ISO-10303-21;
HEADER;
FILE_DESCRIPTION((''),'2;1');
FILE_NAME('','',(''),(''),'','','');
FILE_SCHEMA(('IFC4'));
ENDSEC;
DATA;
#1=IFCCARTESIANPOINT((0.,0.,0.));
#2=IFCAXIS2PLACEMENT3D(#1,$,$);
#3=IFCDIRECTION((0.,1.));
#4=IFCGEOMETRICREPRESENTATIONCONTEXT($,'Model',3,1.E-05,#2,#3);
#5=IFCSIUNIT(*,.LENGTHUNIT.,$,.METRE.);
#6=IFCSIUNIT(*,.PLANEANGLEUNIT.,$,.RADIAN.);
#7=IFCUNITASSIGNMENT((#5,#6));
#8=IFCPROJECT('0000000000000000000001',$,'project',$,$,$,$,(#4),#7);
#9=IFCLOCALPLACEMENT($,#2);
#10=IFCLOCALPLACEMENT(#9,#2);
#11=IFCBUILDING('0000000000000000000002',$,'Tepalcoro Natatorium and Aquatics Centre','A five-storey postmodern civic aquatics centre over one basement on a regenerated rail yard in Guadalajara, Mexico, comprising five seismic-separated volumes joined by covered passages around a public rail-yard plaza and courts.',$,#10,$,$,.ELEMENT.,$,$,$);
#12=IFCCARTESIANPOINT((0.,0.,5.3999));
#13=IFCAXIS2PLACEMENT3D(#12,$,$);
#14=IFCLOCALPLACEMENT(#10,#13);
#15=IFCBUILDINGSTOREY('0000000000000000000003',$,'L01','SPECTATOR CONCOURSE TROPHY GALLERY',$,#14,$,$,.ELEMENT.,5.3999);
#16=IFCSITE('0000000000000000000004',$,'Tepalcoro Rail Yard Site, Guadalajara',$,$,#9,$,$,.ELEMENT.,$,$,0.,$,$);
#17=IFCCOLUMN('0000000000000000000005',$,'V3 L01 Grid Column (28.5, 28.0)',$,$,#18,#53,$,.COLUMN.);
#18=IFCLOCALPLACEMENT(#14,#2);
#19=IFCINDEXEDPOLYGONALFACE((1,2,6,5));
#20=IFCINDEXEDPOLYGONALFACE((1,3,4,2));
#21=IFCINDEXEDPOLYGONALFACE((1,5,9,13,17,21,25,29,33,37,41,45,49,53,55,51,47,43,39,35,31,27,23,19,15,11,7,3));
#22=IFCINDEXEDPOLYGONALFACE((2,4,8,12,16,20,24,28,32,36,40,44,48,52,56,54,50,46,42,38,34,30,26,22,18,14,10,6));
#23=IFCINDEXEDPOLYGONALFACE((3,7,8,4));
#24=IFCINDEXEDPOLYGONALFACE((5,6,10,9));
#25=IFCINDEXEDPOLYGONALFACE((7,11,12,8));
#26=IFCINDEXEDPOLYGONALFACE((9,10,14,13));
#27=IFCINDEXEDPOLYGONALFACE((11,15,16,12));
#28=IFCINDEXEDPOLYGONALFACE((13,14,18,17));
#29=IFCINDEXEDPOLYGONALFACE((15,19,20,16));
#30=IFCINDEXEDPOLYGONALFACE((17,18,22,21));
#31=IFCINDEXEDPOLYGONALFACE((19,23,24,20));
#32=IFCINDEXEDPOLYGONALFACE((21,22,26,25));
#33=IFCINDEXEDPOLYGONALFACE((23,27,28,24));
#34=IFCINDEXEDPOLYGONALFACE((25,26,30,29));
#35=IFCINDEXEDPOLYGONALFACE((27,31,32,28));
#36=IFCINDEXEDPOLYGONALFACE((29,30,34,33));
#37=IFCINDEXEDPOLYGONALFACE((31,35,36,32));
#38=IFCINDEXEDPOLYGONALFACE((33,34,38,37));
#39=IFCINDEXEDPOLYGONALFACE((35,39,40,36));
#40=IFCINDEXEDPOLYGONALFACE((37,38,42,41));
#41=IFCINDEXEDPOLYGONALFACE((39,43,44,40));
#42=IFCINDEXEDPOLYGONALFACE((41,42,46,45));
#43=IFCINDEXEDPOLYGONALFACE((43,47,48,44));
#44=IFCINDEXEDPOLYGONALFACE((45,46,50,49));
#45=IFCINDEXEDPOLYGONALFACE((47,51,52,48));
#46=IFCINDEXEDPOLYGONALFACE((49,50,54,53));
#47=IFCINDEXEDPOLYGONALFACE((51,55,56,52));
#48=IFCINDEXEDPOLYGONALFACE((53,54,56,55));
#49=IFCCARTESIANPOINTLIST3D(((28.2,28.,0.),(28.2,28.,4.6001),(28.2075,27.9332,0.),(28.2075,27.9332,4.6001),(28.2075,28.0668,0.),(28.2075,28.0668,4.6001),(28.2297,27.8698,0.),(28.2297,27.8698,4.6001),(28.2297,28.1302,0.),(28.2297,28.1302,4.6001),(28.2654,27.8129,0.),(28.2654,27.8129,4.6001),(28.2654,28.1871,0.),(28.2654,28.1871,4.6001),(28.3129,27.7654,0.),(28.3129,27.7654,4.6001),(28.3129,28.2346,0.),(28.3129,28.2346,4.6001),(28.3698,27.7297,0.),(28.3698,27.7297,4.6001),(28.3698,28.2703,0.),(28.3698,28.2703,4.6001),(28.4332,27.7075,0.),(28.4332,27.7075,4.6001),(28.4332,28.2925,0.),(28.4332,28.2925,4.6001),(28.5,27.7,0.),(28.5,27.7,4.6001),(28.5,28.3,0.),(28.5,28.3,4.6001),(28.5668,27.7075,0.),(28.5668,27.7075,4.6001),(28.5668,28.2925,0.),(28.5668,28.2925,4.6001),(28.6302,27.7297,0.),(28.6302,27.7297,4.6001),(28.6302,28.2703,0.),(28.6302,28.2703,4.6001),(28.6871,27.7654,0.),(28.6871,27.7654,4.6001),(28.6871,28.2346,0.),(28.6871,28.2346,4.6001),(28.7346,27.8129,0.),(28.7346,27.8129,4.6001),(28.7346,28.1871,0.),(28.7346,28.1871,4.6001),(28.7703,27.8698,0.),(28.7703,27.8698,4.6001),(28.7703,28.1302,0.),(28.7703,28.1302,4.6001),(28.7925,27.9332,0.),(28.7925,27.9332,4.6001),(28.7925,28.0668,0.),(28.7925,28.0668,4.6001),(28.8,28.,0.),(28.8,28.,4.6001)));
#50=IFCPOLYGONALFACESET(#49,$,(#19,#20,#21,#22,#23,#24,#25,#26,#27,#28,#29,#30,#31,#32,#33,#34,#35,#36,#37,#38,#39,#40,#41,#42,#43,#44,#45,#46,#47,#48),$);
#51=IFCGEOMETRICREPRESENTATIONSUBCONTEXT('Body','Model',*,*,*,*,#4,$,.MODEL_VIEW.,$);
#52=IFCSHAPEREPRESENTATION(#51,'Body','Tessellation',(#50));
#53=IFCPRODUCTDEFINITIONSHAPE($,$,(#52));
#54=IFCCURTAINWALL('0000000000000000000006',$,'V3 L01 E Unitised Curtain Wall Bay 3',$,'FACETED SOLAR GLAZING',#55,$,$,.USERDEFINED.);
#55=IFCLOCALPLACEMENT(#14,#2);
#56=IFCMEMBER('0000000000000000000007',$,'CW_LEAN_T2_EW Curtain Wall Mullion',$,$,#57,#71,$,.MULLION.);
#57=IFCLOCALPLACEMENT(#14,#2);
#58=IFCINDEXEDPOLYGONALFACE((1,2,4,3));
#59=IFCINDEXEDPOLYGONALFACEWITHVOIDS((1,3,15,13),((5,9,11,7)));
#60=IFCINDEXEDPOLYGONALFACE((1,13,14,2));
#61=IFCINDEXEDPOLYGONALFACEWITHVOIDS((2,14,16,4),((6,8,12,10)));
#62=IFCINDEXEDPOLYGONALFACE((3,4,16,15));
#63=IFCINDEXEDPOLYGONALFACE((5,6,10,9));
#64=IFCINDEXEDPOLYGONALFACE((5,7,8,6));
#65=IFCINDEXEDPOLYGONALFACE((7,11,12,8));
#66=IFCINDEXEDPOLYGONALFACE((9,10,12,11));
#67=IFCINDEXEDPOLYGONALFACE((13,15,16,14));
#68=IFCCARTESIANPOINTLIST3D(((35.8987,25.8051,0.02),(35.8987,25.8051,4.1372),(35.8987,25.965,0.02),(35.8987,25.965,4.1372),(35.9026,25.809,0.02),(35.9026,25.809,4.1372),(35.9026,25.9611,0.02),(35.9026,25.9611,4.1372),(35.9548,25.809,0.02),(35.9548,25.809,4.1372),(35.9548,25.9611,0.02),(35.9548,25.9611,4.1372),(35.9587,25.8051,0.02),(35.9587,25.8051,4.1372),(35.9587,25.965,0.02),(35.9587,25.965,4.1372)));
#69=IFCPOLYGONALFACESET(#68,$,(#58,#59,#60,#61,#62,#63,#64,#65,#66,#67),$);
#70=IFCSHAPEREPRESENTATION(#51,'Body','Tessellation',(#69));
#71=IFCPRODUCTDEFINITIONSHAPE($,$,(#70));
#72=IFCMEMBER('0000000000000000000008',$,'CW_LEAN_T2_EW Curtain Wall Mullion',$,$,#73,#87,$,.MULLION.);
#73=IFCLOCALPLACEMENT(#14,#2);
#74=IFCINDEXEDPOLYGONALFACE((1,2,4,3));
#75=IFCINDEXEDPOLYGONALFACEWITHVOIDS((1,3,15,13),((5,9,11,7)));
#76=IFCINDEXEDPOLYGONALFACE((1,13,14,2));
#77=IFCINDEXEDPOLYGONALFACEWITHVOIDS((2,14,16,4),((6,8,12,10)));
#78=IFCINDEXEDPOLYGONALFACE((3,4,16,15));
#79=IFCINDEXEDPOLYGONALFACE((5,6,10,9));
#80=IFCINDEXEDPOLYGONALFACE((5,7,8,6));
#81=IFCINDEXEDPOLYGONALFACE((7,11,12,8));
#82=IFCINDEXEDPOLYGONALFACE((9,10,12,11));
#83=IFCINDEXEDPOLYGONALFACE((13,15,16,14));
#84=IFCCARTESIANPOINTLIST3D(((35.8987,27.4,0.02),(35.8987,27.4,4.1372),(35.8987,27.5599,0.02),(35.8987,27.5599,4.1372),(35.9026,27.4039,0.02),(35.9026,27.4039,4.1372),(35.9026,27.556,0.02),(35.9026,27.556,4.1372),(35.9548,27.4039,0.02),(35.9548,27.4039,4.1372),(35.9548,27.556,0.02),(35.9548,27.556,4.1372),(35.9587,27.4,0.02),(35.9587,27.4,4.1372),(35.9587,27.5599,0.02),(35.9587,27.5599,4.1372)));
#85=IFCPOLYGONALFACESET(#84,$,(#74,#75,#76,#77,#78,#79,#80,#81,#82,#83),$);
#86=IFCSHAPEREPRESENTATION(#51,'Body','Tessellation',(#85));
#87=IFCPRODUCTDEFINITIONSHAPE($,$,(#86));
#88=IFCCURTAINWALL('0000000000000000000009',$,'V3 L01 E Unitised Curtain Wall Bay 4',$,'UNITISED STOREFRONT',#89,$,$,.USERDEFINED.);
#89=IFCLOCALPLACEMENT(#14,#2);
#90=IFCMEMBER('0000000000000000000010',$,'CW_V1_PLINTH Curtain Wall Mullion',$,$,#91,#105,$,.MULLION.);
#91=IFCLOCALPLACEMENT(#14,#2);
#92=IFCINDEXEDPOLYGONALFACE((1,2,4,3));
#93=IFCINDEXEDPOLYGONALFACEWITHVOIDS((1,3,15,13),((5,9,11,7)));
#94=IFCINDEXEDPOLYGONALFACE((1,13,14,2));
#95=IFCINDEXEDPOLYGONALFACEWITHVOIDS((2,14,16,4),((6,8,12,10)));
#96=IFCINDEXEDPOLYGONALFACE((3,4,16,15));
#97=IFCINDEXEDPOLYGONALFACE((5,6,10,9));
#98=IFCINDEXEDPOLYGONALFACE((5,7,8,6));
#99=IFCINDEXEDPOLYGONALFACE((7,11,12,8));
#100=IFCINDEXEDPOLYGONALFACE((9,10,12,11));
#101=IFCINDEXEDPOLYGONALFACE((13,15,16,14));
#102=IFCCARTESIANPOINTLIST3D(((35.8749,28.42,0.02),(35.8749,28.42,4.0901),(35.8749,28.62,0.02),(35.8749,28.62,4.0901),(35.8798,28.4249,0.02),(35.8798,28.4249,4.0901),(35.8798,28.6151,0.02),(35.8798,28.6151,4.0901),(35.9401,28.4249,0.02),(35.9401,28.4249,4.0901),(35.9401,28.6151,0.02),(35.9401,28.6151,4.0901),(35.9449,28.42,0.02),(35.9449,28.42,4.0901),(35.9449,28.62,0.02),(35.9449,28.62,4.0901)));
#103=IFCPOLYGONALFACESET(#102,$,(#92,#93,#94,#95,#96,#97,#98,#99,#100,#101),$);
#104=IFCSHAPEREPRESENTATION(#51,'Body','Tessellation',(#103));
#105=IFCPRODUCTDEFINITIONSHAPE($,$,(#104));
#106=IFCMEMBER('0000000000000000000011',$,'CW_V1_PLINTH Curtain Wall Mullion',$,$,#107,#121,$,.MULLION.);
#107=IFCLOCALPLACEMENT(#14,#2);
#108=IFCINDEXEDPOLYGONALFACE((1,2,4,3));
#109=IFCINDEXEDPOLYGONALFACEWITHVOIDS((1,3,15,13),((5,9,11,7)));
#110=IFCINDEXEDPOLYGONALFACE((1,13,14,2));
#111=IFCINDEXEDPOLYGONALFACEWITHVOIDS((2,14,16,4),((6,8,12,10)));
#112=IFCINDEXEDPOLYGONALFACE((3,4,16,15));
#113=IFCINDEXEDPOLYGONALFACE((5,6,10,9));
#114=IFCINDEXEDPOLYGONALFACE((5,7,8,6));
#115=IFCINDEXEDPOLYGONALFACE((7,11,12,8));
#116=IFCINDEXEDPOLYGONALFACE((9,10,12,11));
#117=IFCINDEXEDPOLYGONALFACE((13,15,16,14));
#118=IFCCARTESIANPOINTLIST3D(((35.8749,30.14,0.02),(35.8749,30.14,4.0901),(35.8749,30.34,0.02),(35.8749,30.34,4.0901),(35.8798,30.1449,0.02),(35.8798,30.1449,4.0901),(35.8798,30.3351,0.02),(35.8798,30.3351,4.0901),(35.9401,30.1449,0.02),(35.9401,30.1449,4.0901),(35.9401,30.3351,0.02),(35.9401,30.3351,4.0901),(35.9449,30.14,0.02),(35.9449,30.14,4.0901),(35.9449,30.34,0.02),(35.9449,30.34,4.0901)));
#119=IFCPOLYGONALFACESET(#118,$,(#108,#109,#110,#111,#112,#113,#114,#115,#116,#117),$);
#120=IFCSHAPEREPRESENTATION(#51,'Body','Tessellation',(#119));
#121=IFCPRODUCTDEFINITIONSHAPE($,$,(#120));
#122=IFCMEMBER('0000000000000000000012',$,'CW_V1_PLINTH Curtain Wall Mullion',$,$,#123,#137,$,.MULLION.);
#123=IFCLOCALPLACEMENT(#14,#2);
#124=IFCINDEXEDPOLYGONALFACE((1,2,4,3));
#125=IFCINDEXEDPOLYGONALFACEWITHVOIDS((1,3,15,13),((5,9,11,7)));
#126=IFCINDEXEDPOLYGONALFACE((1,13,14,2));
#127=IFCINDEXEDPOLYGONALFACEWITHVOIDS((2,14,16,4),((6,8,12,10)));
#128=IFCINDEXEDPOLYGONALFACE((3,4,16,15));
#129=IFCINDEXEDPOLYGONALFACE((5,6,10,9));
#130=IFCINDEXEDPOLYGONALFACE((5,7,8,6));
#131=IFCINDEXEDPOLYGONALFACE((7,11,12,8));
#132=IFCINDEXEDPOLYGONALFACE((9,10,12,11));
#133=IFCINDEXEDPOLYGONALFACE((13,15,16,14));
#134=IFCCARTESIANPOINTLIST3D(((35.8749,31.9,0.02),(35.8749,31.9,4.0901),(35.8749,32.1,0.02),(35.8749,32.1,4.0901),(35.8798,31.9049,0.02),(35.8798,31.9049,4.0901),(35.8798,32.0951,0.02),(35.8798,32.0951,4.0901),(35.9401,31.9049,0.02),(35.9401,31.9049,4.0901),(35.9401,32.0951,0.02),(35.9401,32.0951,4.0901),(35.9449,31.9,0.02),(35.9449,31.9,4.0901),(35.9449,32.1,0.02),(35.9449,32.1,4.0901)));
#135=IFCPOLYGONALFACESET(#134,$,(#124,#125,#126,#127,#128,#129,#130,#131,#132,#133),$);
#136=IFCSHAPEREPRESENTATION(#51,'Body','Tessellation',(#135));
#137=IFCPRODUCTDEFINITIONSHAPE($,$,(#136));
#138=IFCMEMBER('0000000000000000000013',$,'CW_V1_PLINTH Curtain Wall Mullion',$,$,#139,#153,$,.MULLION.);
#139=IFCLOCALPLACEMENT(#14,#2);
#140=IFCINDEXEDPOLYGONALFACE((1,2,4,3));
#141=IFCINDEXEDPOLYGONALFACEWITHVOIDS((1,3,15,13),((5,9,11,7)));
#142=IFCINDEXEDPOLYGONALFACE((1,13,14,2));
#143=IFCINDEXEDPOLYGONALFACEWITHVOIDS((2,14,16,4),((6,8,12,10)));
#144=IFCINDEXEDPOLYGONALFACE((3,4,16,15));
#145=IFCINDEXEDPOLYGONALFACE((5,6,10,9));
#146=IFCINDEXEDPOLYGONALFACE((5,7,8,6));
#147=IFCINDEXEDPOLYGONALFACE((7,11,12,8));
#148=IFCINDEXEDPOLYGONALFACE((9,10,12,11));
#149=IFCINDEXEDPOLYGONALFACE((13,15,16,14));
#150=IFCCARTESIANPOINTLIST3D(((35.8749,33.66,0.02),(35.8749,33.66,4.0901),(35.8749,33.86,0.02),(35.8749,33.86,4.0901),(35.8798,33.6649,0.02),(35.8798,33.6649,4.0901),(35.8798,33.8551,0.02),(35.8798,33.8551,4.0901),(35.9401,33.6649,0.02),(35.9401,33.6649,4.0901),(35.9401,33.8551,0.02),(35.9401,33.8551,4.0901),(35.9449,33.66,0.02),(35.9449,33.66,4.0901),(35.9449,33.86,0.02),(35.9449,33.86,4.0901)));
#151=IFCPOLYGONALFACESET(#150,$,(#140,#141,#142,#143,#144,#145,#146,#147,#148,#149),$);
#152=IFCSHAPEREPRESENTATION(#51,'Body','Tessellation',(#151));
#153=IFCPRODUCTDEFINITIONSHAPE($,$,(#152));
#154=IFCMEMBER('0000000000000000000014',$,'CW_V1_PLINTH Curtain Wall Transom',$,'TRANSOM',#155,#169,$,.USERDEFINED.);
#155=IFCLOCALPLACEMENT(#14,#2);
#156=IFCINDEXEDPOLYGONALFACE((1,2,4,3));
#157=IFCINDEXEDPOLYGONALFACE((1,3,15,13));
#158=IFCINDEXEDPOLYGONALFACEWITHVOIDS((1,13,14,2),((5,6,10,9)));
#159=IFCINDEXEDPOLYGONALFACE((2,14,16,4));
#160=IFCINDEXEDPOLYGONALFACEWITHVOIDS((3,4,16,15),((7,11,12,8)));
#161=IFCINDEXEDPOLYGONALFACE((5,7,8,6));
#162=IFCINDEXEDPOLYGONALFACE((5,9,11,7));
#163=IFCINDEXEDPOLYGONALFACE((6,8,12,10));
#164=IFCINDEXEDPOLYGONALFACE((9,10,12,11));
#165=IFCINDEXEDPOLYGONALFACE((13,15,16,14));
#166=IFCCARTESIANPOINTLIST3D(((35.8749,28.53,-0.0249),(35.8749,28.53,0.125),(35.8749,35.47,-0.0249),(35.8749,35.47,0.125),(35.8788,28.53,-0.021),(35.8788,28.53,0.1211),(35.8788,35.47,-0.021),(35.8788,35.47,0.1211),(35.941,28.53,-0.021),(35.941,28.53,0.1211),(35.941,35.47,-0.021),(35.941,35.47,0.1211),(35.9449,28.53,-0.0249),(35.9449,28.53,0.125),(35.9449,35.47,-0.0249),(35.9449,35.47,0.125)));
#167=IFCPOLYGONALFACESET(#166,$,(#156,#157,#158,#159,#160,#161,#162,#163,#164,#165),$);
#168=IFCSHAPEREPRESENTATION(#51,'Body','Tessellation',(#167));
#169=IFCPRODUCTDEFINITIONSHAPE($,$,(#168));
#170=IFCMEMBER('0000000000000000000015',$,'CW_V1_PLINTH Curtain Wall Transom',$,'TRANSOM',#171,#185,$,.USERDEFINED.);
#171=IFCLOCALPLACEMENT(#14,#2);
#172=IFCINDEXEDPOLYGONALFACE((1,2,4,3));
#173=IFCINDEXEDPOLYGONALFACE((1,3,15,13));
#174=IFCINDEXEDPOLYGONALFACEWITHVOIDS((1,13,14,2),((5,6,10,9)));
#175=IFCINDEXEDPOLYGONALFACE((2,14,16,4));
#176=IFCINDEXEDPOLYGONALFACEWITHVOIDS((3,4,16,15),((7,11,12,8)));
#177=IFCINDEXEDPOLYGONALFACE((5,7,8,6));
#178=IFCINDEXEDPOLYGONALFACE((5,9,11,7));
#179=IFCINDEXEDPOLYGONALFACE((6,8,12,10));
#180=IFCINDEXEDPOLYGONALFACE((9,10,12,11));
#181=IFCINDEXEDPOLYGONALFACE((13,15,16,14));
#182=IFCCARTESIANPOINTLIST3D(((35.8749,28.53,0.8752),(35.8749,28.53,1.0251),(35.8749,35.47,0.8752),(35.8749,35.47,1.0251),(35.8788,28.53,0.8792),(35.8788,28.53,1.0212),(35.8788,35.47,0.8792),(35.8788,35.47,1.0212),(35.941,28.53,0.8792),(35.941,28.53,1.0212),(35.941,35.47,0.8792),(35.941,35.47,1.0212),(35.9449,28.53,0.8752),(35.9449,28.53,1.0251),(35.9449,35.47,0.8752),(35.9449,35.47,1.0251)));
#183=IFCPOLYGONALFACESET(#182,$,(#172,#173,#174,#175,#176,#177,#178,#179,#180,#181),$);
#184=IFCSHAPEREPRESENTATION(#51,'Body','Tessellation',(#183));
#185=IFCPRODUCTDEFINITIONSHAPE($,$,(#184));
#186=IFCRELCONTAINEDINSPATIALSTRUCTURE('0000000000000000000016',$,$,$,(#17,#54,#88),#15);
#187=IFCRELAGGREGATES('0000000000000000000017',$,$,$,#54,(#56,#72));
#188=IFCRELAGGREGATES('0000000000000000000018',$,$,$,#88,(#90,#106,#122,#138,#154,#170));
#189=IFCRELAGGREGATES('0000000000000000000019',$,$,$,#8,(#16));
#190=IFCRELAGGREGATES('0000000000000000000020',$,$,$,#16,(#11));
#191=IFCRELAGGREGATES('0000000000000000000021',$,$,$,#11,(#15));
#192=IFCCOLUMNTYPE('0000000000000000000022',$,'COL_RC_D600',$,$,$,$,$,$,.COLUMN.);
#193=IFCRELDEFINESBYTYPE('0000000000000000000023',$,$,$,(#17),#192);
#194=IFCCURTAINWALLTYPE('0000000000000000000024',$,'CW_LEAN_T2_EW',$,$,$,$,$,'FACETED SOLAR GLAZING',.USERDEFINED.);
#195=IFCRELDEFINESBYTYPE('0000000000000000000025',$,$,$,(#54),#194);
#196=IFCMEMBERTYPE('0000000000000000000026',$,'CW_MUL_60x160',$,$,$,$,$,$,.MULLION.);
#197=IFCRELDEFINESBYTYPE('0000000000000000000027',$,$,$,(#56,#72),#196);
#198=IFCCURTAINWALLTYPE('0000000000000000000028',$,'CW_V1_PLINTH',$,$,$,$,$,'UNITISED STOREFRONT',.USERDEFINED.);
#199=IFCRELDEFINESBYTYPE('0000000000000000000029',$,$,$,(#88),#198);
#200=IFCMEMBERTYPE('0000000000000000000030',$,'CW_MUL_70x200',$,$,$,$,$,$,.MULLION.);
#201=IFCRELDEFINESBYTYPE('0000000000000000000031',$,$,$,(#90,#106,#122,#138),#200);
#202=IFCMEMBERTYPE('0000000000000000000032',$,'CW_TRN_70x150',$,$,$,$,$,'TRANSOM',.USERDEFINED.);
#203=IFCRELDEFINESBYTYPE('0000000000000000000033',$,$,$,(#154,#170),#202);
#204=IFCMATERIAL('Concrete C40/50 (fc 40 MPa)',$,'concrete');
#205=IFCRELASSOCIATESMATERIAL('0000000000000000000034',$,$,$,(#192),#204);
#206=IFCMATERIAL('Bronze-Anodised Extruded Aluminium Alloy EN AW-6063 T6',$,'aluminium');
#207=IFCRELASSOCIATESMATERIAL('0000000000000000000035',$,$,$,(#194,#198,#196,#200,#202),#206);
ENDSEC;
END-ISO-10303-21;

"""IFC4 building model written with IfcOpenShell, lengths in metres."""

from ifc_helpers import new_model, si_unit, direction, frame, origin, origin_2d, place, context, subcontext, project, spatial, hollow_rectangle, circle, extrude, material, material_profile, profile_set, type_object, element, aggregate, save


model = new_model("IFC4")

# Units and contexts
model_context = context("Model", 3, precision=1e-05, world=origin(), true_north=direction((0.0, 1.0)))
body_context = subcontext(model_context, "Body", "Model", "MODEL_VIEW")
ifc_project = project(units=[si_unit("LENGTHUNIT", "METRE"), si_unit("PLANEANGLEUNIT", "RADIAN")], contexts=[model_context])

# Site, building, storey
site_placement = place(None, origin())
site = spatial("IfcSite", under=ifc_project, at=site_placement, Name="Tepalcoro Rail Yard Site, Guadalajara", CompositionType="ELEMENT", RefElevation=0.0)
building_placement = place(site_placement, origin())
building = spatial("IfcBuilding", under=site, at=building_placement, Name="Tepalcoro Natatorium and Aquatics Centre", Description="A five-storey postmodern civic aquatics centre over one basement on a regenerated rail yard in Guadalajara, Mexico, comprising five seismic-separated volumes joined by covered passages around a public rail-yard plaza and courts.", CompositionType="ELEMENT")
storey_placement = place(building_placement, frame((0.0, 0.0, 5.3999)))
storey = spatial("IfcBuildingStorey", under=building, at=storey_placement, Name="L01", Description="SPECTATOR CONCOURSE TROPHY GALLERY", CompositionType="ELEMENT", Elevation=5.3999)

# Column
ifc_material_1 = material(Name="Concrete C40/50 (fc 40 MPa)", Category="concrete")
ifc_material_profile_1 = material_profile(ifc_material_1, circle(Radius=0.3, at=origin_2d()), Name="RCD600")
ifc_profile_set_1 = profile_set([ifc_material_profile_1], Name="Concrete C40/50 (fc 40 MPa)")
column_type = type_object("IfcColumnType", Name="COL_RC_D600", PredefinedType="COLUMN", material=ifc_profile_set_1)
column_placement = place(storey_placement, frame((28.5, 28.0, 0.0), z_axis=(0.0, 0.0, 1.0), x_axis=(1.0, 0.0, 0.0)))
element("IfcColumn", 1, at=column_placement, inside=storey, type_object=column_type, Name="V3 L01 Grid Column (28.5, 28.0)", PredefinedType="COLUMN", context=body_context, shape_type="SweptSolid", body=[
    extrude(circle(Radius=0.3, at=origin_2d()), origin(), (0.0, 0.0, 1.0), 4.6001),
])

# Curtain walls, members
ifc_material_2 = material(Name="Bronze-Anodised Extruded Aluminium Alloy EN AW-6063 T6", Category="aluminium")
curtain_wall_type_1 = type_object("IfcCurtainWallType", Name="CW_LEAN_T2_EW", ElementType="FACETED SOLAR GLAZING", PredefinedType="USERDEFINED", material=ifc_material_2)
curtain_wall_1_placement = place(storey_placement, origin())
curtain_wall_1 = element("IfcCurtainWall", 2, at=curtain_wall_1_placement, inside=storey, type_object=curtain_wall_type_1, Name="V3 L01 E Unitised Curtain Wall Bay 3", ObjectType="FACETED SOLAR GLAZING", PredefinedType="USERDEFINED")
ifc_material_profile_2 = material_profile(ifc_material_2, hollow_rectangle(XDim=0.0601, YDim=0.1599, WallThickness=0.0039, at=origin_2d()), Name="AL60X160X4")
ifc_profile_set_2 = profile_set([ifc_material_profile_2], Name="Bronze-Anodised Extruded Aluminium Alloy EN AW-6063 T6")
member_type_1 = type_object("IfcMemberType", Name="CW_MUL_60x160", PredefinedType="MULLION", material=ifc_profile_set_2)
member_1_placement = place(storey_placement, frame((35.9287, 25.885, 0.02), z_axis=(0.0, 0.0, 1.0), x_axis=(1.0, 0.0, 0.0)))
member_1 = element("IfcMember", 3, at=member_1_placement, type_object=member_type_1, Name="CW_LEAN_T2_EW Curtain Wall Mullion", PredefinedType="MULLION", context=body_context, shape_type="SweptSolid", body=[
    extrude(hollow_rectangle(XDim=0.0601, YDim=0.1599, WallThickness=0.0039, at=origin_2d()), origin(), (0.0, 0.0, 1.0), 4.1172),
])
member_2_placement = place(storey_placement, frame((35.9287, 27.48, 0.02), z_axis=(0.0, 0.0, 1.0), x_axis=(1.0, 0.0, 0.0)))
member_2 = element("IfcMember", 4, at=member_2_placement, type_object=member_type_1, Name="CW_LEAN_T2_EW Curtain Wall Mullion", PredefinedType="MULLION", context=body_context, shape_type="SweptSolid", body=[
    extrude(hollow_rectangle(XDim=0.0601, YDim=0.1599, WallThickness=0.0039, at=origin_2d()), origin(), (0.0, 0.0, 1.0), 4.1172),
])
curtain_wall_type_2 = type_object("IfcCurtainWallType", Name="CW_V1_PLINTH", ElementType="UNITISED STOREFRONT", PredefinedType="USERDEFINED", material=ifc_material_2)
curtain_wall_2_placement = place(storey_placement, origin())
curtain_wall_2 = element("IfcCurtainWall", 5, at=curtain_wall_2_placement, inside=storey, type_object=curtain_wall_type_2, Name="V3 L01 E Unitised Curtain Wall Bay 4", ObjectType="UNITISED STOREFRONT", PredefinedType="USERDEFINED")
ifc_material_profile_3 = material_profile(ifc_material_2, hollow_rectangle(XDim=0.0701, YDim=0.2, WallThickness=0.0049, at=origin_2d()), Name="AL70X200X5")
ifc_profile_set_3 = profile_set([ifc_material_profile_3], Name="Bronze-Anodised Extruded Aluminium Alloy EN AW-6063 T6")
member_type_2 = type_object("IfcMemberType", Name="CW_MUL_70x200", PredefinedType="MULLION", material=ifc_profile_set_3)
member_3_placement = place(storey_placement, frame((35.9099, 28.52, 0.02), z_axis=(0.0, 0.0, 1.0), x_axis=(1.0, 0.0, 0.0)))
member_3 = element("IfcMember", 6, at=member_3_placement, type_object=member_type_2, Name="CW_V1_PLINTH Curtain Wall Mullion", PredefinedType="MULLION", context=body_context, shape_type="SweptSolid", body=[
    extrude(hollow_rectangle(XDim=0.0701, YDim=0.2, WallThickness=0.0049, at=origin_2d()), origin(), (0.0, 0.0, 1.0), 4.0701),
])
member_4_placement = place(storey_placement, frame((35.9099, 30.24, 0.02), z_axis=(0.0, 0.0, 1.0), x_axis=(1.0, 0.0, 0.0)))
member_4 = element("IfcMember", 7, at=member_4_placement, type_object=member_type_2, Name="CW_V1_PLINTH Curtain Wall Mullion", PredefinedType="MULLION", context=body_context, shape_type="SweptSolid", body=[
    extrude(hollow_rectangle(XDim=0.0701, YDim=0.2, WallThickness=0.0049, at=origin_2d()), origin(), (0.0, 0.0, 1.0), 4.0701),
])
member_5_placement = place(storey_placement, frame((35.9099, 32.0, 0.02), z_axis=(0.0, 0.0, 1.0), x_axis=(1.0, 0.0, 0.0)))
member_5 = element("IfcMember", 8, at=member_5_placement, type_object=member_type_2, Name="CW_V1_PLINTH Curtain Wall Mullion", PredefinedType="MULLION", context=body_context, shape_type="SweptSolid", body=[
    extrude(hollow_rectangle(XDim=0.0701, YDim=0.2, WallThickness=0.0049, at=origin_2d()), origin(), (0.0, 0.0, 1.0), 4.0701),
])
member_6_placement = place(storey_placement, frame((35.9099, 33.76, 0.02), z_axis=(0.0, 0.0, 1.0), x_axis=(1.0, 0.0, 0.0)))
member_6 = element("IfcMember", 9, at=member_6_placement, type_object=member_type_2, Name="CW_V1_PLINTH Curtain Wall Mullion", PredefinedType="MULLION", context=body_context, shape_type="SweptSolid", body=[
    extrude(hollow_rectangle(XDim=0.0701, YDim=0.2, WallThickness=0.0049, at=origin_2d()), origin(), (0.0, 0.0, 1.0), 4.0701),
])
ifc_material_profile_4 = material_profile(ifc_material_2, hollow_rectangle(XDim=0.0701, YDim=0.1499, WallThickness=0.0039, at=origin_2d()), Name="AL70X150X4")
ifc_profile_set_4 = profile_set([ifc_material_profile_4], Name="Bronze-Anodised Extruded Aluminium Alloy EN AW-6063 T6")
member_type_3 = type_object("IfcMemberType", Name="CW_TRN_70x150", ElementType="TRANSOM", PredefinedType="USERDEFINED", material=ifc_profile_set_4)
member_7_placement = place(storey_placement, frame((35.9099, 28.53, 0.05), z_axis=(0.0, 1.0, 0.0), x_axis=(-1.0, 0.0, 0.0)))
member_7 = element("IfcMember", 10, at=member_7_placement, type_object=member_type_3, Name="CW_V1_PLINTH Curtain Wall Transom", ObjectType="TRANSOM", PredefinedType="USERDEFINED", context=body_context, shape_type="SweptSolid", body=[
    extrude(hollow_rectangle(XDim=0.0701, YDim=0.1499, WallThickness=0.0039, at=origin_2d()), origin(), (0.0, 0.0, 1.0), 6.9399),
])
member_8_placement = place(storey_placement, frame((35.9099, 28.53, 0.9502), z_axis=(0.0, 1.0, 0.0), x_axis=(-1.0, 0.0, 0.0)))
member_8 = element("IfcMember", 11, at=member_8_placement, type_object=member_type_3, Name="CW_V1_PLINTH Curtain Wall Transom", ObjectType="TRANSOM", PredefinedType="USERDEFINED", context=body_context, shape_type="SweptSolid", body=[
    extrude(hollow_rectangle(XDim=0.0701, YDim=0.1499, WallThickness=0.0039, at=origin_2d()), origin(), (0.0, 0.0, 1.0), 6.9399),
])

aggregate(curtain_wall_1, [member_1, member_2])
aggregate(curtain_wall_2, [member_3, member_4, member_5, member_6, member_7, member_8])

save(model, "model.ifc")
